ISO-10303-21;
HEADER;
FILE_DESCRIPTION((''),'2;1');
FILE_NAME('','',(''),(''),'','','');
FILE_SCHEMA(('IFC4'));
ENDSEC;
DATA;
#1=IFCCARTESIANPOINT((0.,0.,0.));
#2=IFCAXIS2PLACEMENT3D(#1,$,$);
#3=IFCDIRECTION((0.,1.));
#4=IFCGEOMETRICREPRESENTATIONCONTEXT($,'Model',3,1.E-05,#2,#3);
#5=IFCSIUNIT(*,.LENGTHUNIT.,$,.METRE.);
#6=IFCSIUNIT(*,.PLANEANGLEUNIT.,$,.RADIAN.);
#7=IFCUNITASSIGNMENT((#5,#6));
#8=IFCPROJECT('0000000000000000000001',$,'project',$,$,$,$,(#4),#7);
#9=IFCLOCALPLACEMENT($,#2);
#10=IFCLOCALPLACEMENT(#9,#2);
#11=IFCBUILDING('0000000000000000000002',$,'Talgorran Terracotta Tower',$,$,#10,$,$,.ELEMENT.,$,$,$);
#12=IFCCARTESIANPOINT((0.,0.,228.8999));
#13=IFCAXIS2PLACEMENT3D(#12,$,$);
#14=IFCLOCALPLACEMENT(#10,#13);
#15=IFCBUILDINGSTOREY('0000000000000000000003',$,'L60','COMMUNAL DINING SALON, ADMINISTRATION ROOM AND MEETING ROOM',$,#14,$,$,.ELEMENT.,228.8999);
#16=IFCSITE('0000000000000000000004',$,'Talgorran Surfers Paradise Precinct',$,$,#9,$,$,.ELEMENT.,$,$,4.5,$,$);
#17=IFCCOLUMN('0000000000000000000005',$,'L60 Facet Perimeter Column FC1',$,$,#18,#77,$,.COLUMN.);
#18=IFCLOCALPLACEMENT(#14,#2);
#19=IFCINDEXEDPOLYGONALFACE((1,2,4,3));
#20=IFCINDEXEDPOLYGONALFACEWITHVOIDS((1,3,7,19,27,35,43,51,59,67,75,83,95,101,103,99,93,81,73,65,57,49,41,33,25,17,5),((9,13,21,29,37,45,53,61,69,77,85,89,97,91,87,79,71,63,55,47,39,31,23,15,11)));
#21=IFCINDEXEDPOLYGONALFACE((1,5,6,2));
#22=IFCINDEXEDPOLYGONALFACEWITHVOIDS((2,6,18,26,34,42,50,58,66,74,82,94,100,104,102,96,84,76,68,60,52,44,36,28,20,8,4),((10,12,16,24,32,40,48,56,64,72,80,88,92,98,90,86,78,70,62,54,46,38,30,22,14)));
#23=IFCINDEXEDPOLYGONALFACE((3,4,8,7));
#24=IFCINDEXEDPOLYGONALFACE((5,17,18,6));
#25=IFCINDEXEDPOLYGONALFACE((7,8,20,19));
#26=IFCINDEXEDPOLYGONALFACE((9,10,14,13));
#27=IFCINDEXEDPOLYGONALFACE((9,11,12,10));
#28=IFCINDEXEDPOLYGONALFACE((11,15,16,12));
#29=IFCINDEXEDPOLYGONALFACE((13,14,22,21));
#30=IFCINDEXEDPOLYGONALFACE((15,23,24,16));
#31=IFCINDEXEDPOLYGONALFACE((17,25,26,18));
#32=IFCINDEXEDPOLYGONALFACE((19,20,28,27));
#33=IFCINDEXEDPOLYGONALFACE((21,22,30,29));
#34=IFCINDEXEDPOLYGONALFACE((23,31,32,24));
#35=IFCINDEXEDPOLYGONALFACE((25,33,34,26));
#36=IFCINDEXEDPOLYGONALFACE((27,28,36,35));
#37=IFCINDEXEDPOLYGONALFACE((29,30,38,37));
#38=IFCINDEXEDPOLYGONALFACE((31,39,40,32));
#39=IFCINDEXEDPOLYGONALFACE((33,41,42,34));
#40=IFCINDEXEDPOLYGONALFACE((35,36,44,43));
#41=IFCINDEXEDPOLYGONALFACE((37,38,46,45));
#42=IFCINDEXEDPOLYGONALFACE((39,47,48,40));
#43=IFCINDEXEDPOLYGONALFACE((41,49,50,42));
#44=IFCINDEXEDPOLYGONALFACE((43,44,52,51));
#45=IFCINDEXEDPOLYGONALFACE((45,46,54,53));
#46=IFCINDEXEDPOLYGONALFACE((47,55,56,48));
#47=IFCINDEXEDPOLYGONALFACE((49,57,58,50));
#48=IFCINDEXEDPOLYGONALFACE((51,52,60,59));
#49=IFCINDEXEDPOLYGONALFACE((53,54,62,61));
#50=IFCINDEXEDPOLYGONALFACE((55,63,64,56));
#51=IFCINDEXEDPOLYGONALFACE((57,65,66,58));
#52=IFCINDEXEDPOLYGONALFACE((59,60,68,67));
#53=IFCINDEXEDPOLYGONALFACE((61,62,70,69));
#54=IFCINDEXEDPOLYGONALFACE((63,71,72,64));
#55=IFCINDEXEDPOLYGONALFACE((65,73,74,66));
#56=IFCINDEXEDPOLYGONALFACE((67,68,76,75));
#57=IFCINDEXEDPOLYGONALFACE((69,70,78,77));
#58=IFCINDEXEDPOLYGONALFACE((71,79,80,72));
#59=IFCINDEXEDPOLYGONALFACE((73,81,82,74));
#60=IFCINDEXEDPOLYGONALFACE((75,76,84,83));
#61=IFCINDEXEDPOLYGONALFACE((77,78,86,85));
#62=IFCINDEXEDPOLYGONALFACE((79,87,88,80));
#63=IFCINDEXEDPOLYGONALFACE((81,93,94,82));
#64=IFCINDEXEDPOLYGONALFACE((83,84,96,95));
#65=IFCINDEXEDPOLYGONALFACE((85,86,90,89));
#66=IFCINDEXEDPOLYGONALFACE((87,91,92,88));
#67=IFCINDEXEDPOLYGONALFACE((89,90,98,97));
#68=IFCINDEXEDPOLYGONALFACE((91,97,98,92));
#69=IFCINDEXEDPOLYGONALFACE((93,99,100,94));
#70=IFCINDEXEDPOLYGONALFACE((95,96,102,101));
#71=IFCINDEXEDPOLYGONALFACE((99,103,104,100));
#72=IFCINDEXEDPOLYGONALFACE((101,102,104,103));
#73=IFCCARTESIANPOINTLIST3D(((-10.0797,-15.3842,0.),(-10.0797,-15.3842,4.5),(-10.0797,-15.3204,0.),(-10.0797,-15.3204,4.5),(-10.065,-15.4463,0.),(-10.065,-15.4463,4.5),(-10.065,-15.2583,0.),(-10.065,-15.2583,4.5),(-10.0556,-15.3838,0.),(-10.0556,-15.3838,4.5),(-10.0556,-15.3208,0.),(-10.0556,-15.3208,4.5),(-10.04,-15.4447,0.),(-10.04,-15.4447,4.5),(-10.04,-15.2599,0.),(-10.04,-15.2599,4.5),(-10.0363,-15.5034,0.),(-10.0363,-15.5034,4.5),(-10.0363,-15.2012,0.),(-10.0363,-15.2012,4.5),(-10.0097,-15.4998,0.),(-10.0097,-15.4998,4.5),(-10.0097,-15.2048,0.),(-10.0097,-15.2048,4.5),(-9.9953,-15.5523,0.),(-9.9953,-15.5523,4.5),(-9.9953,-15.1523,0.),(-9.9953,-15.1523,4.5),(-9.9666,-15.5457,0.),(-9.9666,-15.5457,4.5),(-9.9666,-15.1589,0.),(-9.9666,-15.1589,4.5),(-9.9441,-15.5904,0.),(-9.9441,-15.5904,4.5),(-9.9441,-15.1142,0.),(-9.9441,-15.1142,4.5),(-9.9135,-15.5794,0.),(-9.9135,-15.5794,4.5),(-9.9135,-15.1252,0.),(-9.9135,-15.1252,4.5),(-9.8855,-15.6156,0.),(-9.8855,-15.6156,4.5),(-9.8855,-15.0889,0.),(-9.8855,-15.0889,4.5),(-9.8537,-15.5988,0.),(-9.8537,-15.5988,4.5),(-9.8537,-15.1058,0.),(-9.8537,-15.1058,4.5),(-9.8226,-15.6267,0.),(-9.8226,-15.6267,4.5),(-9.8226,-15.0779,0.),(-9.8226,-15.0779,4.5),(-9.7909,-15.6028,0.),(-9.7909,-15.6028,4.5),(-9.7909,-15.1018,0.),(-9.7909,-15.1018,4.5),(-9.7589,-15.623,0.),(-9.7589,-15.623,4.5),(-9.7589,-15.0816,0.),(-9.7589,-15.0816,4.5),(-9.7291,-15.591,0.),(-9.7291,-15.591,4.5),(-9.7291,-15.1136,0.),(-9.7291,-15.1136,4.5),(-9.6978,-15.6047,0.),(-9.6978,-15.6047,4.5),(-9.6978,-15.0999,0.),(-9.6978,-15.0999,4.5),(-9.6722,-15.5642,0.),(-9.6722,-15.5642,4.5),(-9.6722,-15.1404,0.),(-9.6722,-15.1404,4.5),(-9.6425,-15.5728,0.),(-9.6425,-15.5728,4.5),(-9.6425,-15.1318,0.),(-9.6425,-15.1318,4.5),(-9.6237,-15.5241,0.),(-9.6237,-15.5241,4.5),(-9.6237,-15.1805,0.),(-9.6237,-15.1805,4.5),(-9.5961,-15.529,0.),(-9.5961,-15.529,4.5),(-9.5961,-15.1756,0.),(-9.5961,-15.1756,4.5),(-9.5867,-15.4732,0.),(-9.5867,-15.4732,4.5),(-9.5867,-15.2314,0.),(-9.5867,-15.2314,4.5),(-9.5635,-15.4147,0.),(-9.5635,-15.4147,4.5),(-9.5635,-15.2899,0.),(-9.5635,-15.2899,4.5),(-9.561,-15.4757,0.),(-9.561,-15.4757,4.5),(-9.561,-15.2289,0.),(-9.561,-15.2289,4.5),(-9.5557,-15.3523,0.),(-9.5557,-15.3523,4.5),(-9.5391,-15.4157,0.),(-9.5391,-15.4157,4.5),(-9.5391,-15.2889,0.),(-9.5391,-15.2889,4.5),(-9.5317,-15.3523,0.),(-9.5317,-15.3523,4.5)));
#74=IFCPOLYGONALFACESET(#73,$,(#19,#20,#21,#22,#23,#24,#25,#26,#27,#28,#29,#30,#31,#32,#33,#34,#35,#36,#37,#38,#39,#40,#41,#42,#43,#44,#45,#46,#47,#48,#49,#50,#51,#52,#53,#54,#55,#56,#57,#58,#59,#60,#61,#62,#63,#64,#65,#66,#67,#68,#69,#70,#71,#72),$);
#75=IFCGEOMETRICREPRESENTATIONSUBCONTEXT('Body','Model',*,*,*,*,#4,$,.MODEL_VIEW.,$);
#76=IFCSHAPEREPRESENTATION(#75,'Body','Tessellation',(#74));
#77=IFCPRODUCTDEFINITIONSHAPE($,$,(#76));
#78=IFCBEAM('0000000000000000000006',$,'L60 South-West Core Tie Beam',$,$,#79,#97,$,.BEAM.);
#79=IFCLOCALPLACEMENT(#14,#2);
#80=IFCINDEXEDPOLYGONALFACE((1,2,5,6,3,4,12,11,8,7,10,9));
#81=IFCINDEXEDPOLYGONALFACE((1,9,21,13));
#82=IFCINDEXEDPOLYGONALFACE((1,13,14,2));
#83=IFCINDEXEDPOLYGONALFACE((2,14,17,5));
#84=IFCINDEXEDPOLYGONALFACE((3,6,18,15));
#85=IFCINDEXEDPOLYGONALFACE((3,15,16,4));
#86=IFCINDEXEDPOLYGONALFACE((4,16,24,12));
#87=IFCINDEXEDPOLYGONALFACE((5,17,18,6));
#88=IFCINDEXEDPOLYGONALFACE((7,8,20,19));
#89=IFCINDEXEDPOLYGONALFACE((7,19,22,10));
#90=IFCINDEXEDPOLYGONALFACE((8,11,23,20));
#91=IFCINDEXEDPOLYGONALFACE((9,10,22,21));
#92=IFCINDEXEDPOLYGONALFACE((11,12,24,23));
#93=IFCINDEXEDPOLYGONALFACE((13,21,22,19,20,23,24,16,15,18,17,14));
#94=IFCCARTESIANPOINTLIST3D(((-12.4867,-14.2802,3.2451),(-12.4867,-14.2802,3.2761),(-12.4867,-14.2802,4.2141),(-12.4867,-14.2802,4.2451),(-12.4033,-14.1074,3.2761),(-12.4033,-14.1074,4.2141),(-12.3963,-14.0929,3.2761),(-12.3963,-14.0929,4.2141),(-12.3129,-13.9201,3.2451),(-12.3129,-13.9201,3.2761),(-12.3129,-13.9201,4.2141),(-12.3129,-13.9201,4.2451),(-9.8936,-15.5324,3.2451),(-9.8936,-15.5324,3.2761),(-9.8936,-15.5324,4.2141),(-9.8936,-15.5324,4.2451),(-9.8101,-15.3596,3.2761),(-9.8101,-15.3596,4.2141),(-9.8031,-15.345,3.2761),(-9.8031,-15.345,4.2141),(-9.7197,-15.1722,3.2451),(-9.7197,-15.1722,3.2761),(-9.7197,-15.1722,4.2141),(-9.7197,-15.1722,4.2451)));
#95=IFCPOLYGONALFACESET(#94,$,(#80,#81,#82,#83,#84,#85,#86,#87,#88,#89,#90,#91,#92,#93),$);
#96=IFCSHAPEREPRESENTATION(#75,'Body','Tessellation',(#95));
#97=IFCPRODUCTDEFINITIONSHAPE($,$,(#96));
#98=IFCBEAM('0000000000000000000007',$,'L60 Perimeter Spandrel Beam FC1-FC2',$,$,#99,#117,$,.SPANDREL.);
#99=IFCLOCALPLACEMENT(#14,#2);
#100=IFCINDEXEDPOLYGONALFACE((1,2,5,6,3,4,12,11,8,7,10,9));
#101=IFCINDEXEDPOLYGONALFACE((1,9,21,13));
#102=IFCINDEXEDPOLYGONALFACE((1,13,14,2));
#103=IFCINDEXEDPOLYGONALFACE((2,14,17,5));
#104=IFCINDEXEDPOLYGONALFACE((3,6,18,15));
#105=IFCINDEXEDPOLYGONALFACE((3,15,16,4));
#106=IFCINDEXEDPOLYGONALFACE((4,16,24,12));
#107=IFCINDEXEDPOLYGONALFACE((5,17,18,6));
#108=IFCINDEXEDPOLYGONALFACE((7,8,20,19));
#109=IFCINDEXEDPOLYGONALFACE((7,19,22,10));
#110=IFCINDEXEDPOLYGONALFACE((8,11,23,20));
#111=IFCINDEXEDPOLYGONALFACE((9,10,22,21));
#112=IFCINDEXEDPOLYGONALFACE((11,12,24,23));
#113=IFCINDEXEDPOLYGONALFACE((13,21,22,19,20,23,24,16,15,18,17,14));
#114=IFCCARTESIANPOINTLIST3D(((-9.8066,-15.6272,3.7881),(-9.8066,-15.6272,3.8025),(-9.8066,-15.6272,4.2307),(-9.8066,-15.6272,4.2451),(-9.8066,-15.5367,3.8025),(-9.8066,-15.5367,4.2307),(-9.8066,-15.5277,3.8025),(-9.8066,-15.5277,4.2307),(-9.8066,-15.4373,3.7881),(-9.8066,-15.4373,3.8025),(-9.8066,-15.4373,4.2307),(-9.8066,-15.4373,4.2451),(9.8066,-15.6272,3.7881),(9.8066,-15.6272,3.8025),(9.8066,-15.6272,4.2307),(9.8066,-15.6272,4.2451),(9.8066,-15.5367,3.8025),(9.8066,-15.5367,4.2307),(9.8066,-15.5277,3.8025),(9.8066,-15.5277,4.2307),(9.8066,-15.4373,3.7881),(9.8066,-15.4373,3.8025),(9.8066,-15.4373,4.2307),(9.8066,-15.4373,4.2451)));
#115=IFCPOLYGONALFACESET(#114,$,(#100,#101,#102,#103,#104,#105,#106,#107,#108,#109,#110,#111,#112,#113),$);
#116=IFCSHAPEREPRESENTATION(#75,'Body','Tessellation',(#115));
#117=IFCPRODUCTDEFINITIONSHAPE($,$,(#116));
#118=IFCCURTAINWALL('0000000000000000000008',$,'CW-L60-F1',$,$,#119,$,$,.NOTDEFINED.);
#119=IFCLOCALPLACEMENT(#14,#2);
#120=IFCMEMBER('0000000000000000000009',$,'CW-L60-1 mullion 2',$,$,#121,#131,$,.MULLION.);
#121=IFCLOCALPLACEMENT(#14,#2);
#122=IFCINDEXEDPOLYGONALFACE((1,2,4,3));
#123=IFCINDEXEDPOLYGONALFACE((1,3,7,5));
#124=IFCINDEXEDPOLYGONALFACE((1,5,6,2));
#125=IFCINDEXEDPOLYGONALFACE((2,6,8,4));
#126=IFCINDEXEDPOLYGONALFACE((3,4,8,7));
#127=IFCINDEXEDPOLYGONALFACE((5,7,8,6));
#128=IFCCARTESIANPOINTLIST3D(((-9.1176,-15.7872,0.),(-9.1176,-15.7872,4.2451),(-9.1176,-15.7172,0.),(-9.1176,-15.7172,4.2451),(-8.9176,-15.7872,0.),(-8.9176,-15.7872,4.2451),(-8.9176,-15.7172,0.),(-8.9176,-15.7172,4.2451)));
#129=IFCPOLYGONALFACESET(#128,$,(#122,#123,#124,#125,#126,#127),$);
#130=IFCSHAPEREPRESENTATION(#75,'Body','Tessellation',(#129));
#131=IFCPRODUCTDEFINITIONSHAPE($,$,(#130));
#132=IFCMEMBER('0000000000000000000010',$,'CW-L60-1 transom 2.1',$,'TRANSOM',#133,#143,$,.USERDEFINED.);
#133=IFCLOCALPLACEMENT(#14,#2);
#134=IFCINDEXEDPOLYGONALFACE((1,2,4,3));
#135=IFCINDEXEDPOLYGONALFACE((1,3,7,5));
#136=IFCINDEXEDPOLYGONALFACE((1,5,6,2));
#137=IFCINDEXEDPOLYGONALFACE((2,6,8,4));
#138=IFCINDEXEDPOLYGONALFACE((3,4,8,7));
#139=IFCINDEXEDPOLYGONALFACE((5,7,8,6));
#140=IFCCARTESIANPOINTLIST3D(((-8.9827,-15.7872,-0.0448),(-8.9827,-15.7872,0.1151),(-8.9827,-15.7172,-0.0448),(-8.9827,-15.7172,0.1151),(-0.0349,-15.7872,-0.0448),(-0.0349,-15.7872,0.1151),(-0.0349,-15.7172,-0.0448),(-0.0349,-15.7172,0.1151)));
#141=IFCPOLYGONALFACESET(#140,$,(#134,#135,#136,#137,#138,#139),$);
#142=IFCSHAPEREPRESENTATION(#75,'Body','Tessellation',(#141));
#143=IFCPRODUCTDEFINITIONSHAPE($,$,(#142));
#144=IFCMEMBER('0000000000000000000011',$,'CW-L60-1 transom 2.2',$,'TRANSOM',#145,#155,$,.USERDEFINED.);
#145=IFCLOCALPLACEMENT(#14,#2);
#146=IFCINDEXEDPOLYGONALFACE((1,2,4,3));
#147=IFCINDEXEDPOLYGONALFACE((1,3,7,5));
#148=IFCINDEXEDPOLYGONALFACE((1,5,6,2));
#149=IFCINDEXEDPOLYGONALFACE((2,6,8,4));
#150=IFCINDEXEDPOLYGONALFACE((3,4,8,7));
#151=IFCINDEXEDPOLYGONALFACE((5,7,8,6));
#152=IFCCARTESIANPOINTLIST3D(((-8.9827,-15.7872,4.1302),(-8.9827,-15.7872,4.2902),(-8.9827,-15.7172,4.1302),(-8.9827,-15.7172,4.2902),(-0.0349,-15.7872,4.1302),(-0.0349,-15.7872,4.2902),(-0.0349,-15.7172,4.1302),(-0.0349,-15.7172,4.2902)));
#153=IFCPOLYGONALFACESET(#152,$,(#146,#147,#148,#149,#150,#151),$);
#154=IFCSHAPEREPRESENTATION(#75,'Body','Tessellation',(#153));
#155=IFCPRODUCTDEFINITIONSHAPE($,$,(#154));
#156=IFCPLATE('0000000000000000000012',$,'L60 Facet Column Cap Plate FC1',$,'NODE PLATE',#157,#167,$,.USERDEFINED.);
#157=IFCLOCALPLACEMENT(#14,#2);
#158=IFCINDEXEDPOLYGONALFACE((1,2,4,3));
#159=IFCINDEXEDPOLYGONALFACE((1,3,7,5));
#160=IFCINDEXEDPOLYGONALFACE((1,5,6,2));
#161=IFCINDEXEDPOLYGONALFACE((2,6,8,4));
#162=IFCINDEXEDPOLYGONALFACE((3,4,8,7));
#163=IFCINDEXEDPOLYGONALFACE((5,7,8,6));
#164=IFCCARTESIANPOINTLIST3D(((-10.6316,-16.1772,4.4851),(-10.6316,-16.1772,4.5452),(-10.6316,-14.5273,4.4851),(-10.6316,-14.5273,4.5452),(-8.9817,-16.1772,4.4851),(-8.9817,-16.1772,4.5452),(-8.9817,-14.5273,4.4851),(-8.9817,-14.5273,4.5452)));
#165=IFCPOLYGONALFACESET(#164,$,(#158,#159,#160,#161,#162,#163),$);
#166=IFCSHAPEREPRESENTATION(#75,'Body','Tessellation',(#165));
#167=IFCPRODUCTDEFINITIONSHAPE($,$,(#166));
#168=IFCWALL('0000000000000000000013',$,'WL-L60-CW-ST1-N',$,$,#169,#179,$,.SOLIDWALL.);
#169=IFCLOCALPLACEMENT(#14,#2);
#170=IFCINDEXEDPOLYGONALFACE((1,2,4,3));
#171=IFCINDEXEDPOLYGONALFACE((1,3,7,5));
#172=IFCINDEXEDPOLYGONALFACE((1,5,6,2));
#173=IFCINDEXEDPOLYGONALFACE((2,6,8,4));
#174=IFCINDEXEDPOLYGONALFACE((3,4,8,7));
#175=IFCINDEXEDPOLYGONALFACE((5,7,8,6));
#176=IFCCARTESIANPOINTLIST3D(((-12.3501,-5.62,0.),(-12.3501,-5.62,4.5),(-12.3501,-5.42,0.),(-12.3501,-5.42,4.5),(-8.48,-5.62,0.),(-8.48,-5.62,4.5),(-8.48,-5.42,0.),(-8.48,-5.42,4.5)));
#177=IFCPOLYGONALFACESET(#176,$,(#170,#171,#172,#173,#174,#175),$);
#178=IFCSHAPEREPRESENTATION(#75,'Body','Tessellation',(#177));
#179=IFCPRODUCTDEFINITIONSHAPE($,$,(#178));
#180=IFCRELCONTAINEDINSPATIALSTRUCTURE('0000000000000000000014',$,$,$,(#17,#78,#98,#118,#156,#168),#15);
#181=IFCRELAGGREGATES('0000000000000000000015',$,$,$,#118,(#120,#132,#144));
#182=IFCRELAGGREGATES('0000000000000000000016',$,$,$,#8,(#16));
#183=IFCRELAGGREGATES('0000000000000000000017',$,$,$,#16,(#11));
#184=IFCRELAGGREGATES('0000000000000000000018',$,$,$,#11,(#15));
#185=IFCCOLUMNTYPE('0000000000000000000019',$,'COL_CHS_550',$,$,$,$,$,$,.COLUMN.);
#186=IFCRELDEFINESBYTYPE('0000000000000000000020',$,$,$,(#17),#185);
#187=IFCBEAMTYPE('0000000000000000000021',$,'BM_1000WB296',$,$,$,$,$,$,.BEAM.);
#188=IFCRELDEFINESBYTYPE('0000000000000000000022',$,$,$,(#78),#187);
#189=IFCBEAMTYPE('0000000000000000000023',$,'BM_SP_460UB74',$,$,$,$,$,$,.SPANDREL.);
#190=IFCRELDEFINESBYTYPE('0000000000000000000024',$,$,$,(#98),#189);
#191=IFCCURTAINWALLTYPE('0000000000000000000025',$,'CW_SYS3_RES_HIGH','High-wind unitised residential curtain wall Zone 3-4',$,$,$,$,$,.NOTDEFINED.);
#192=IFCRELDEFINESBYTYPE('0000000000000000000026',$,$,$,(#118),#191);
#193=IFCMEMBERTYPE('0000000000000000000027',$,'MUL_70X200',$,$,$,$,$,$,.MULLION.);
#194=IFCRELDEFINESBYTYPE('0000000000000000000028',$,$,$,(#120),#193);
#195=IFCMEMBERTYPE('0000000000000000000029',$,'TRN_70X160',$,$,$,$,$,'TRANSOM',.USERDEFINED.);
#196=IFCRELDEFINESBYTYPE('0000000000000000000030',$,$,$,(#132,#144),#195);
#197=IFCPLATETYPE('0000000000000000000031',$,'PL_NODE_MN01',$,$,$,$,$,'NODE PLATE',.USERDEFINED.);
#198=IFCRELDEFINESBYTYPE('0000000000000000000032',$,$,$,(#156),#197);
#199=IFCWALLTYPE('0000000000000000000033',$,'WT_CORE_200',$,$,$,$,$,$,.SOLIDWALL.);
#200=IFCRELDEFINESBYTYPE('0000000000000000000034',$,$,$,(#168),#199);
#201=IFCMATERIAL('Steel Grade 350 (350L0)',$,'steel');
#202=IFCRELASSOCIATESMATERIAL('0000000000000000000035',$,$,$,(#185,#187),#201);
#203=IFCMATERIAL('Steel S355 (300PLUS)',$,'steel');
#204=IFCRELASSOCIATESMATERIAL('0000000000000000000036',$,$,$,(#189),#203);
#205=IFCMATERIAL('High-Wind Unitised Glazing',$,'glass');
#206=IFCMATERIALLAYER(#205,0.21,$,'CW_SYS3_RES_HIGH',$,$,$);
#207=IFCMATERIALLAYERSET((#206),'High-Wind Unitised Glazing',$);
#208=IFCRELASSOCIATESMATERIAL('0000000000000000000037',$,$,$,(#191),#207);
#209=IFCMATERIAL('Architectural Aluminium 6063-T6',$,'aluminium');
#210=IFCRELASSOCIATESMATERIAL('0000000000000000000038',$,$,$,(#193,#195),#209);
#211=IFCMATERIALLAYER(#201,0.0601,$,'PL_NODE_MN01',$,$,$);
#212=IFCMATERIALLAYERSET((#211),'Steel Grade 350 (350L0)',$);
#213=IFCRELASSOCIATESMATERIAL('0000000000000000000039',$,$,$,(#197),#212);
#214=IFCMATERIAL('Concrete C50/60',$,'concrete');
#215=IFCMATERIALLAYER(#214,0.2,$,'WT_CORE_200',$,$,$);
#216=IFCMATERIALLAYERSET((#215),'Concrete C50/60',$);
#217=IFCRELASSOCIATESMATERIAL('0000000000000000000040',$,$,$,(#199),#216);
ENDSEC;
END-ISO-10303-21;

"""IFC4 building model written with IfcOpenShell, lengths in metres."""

from ifc_helpers import new_model, si_unit, direction, frame, frame_2d, origin, origin_2d, place, context, subcontext, project, spatial, rectangle, hollow_circle, i_section, extrude, material, layer, layer_set, material_profile, profile_set, type_object, element, aggregate, save


model = new_model("IFC4")

# Units and contexts
model_context = context("Model", 3, precision=1e-05, world=origin(), true_north=direction((0.0, 1.0)))
body_context = subcontext(model_context, "Body", "Model", "MODEL_VIEW")
ifc_project = project(units=[si_unit("LENGTHUNIT", "METRE"), si_unit("PLANEANGLEUNIT", "RADIAN")], contexts=[model_context])

# Site, building, storey
site_placement = place(None, origin())
site = spatial("IfcSite", under=ifc_project, at=site_placement, Name="Talgorran Surfers Paradise Precinct", CompositionType="ELEMENT", RefElevation=4.5)
building_placement = place(site_placement, origin())
building = spatial("IfcBuilding", under=site, at=building_placement, Name="Talgorran Terracotta Tower", CompositionType="ELEMENT")
storey_placement = place(building_placement, frame((0.0, 0.0, 228.8999)))
storey = spatial("IfcBuildingStorey", under=building, at=storey_placement, Name="L60", Description="COMMUNAL DINING SALON, ADMINISTRATION ROOM AND MEETING ROOM", CompositionType="ELEMENT", Elevation=228.8999)

# Column
ifc_material_1 = material(Name="Steel Grade 350 (350L0)", Category="steel")
ifc_material_profile_1 = material_profile(ifc_material_1, hollow_circle(Radius=0.2749, WallThickness=0.0239, at=origin_2d()), Name="CHS550X24")
ifc_profile_set_1 = profile_set([ifc_material_profile_1], Name="Steel Grade 350 (350L0)")
column_type = type_object("IfcColumnType", Name="COL_CHS_550", PredefinedType="COLUMN", material=ifc_profile_set_1)
column_placement = place(storey_placement, frame((-9.8066, -15.3523, 0.0), z_axis=(0.0, 0.0, 1.0), x_axis=(1.0, 0.0, 0.0)))
element("IfcColumn", 1, at=column_placement, inside=storey, type_object=column_type, Name="L60 Facet Perimeter Column FC1", PredefinedType="COLUMN", context=body_context, shape_type="SweptSolid", body=[
    extrude(hollow_circle(Radius=0.2749, WallThickness=0.0239, at=origin_2d()), origin(), (0.0, 0.0, 1.0), 4.5),
])

# Beams
ifc_material_profile_2 = material_profile(ifc_material_1, i_section(OverallWidth=0.3999, OverallDepth=1.0, WebThickness=0.0161, FlangeThickness=0.031, at=origin_2d()), Name="1000WB296")
ifc_profile_set_2 = profile_set([ifc_material_profile_2], Name="Steel Grade 350 (350L0)")
beam_type_1 = type_object("IfcBeamType", Name="BM_1000WB296", PredefinedType="BEAM", material=ifc_profile_set_2)
beam_1_placement = place(storey_placement, frame((-9.8066, -15.3523, 3.7451), z_axis=(-0.900514, 0.434827, 0.0), x_axis=(-0.434827, -0.900514, 0.0)))
element("IfcBeam", 2, at=beam_1_placement, inside=storey, type_object=beam_type_1, Name="L60 South-West Core Tie Beam", PredefinedType="BEAM", context=body_context, shape_type="SweptSolid", body=[
    extrude(i_section(OverallWidth=0.3999, OverallDepth=1.0, WebThickness=0.0161, FlangeThickness=0.031, at=origin_2d()), origin(), (0.0, 0.0, 1.0), 2.8796),
])
ifc_material_2 = material(Name="Steel S355 (300PLUS)", Category="steel")
ifc_material_profile_3 = material_profile(ifc_material_2, i_section(OverallWidth=0.1899, OverallDepth=0.457, WebThickness=0.009, FlangeThickness=0.0144, at=origin_2d()), Name="460UB74.6")
ifc_profile_set_3 = profile_set([ifc_material_profile_3], Name="Steel S355 (300PLUS)")
beam_type_2 = type_object("IfcBeamType", Name="BM_SP_460UB74", PredefinedType="SPANDREL", material=ifc_profile_set_3)
beam_2_placement = place(storey_placement, frame((-9.8066, -15.5322, 4.0166), z_axis=(1.0, 0.0, 0.0), x_axis=(0.0, 1.0, 0.0)))
element("IfcBeam", 3, at=beam_2_placement, inside=storey, type_object=beam_type_2, Name="L60 Perimeter Spandrel Beam FC1-FC2", PredefinedType="SPANDREL", context=body_context, shape_type="SweptSolid", body=[
    extrude(i_section(OverallWidth=0.1899, OverallDepth=0.457, WebThickness=0.009, FlangeThickness=0.0144, at=origin_2d()), origin(), (0.0, 0.0, 1.0), 19.6133),
])

# Curtain wall, members
ifc_material_3 = material(Name="High-Wind Unitised Glazing", Category="glass")
ifc_layer_1 = layer(ifc_material_3, 0.21, Name="CW_SYS3_RES_HIGH")
ifc_layer_set_1 = layer_set([ifc_layer_1], Name="High-Wind Unitised Glazing")
curtain_wall_type = type_object("IfcCurtainWallType", Name="CW_SYS3_RES_HIGH", Description="High-wind unitised residential curtain wall Zone 3-4", PredefinedType="NOTDEFINED", material=ifc_layer_set_1)
curtain_wall_placement = place(storey_placement, origin())
curtain_wall = element("IfcCurtainWall", 4, at=curtain_wall_placement, inside=storey, type_object=curtain_wall_type, Name="CW-L60-F1", PredefinedType="NOTDEFINED")
ifc_material_4 = material(Name="Architectural Aluminium 6063-T6", Category="aluminium")
ifc_material_profile_4 = material_profile(ifc_material_4, rectangle(XDim=0.0701, YDim=0.2, at=origin_2d()), Name="CWM70X200")
ifc_profile_set_4 = profile_set([ifc_material_profile_4], Name="Architectural Aluminium 6063-T6")
member_type_1 = type_object("IfcMemberType", Name="MUL_70X200", PredefinedType="MULLION", material=ifc_profile_set_4)
member_1_placement = place(storey_placement, frame((-9.0176, -15.7522, 0.0), z_axis=(0.0, 0.0, 1.0), x_axis=(0.0, 1.0, 0.0)))
member_1 = element("IfcMember", 5, at=member_1_placement, type_object=member_type_1, Name="CW-L60-1 mullion 2", PredefinedType="MULLION", context=body_context, shape_type="SweptSolid", body=[
    extrude(rectangle(XDim=0.0701, YDim=0.2, at=origin_2d()), origin(), (0.0, 0.0, 1.0), 4.2451),
])
ifc_material_profile_5 = material_profile(ifc_material_4, rectangle(XDim=0.0701, YDim=0.1599, at=origin_2d()), Name="CWT70X160")
ifc_profile_set_5 = profile_set([ifc_material_profile_5], Name="Architectural Aluminium 6063-T6")
member_type_2 = type_object("IfcMemberType", Name="TRN_70X160", ElementType="TRANSOM", PredefinedType="USERDEFINED", material=ifc_profile_set_5)
member_2_placement = place(storey_placement, frame((-8.9827, -15.7522, 0.0352), z_axis=(1.0, 0.0, 0.0), x_axis=(0.0, 1.0, 0.0)))
member_2 = element("IfcMember", 6, at=member_2_placement, type_object=member_type_2, Name="CW-L60-1 transom 2.1", ObjectType="TRANSOM", PredefinedType="USERDEFINED", context=body_context, shape_type="SweptSolid", body=[
    extrude(rectangle(XDim=0.0701, YDim=0.1599, at=origin_2d()), origin(), (0.0, 0.0, 1.0), 8.9478),
])
member_3_placement = place(storey_placement, frame((-8.9827, -15.7522, 4.2102), z_axis=(1.0, 0.0, 0.0), x_axis=(0.0, 1.0, 0.0)))
member_3 = element("IfcMember", 7, at=member_3_placement, type_object=member_type_2, Name="CW-L60-1 transom 2.2", ObjectType="TRANSOM", PredefinedType="USERDEFINED", context=body_context, shape_type="SweptSolid", body=[
    extrude(rectangle(XDim=0.0701, YDim=0.1599, at=origin_2d()), origin(), (0.0, 0.0, 1.0), 8.9478),
])
aggregate(curtain_wall, [member_1, member_2, member_3])

# Plate
ifc_layer_2 = layer(ifc_material_1, 0.0601, Name="PL_NODE_MN01")
ifc_layer_set_2 = layer_set([ifc_layer_2], Name="Steel Grade 350 (350L0)")
plate_type = type_object("IfcPlateType", Name="PL_NODE_MN01", ElementType="NODE PLATE", PredefinedType="USERDEFINED", material=ifc_layer_set_2)
plate_placement = place(storey_placement, frame((-9.8066, -15.3523, 4.4851), z_axis=(0.0, 0.0, 1.0), x_axis=(1.0, 0.0, 0.0)))
element("IfcPlate", 8, at=plate_placement, inside=storey, type_object=plate_type, Name="L60 Facet Column Cap Plate FC1", ObjectType="NODE PLATE", PredefinedType="USERDEFINED", context=body_context, shape_type="SweptSolid", body=[
    extrude(rectangle(XDim=1.6499, YDim=1.6499, at=origin_2d()), origin(), (0.0, 0.0, 1.0), 0.0601),
])

# Wall
ifc_material_5 = material(Name="Concrete C50/60", Category="concrete")
ifc_layer_3 = layer(ifc_material_5, 0.2, Name="WT_CORE_200")
ifc_layer_set_3 = layer_set([ifc_layer_3], Name="Concrete C50/60")
wall_type = type_object("IfcWallType", Name="WT_CORE_200", PredefinedType="SOLIDWALL", material=ifc_layer_set_3)
for number, where, z_axis, x_axis, name in (
    (9, (-12.3501, -5.52, 0.0), (0.0, 0.0, 1.0), (1.0, 0.0, 0.0), "WL-L60-CW-ST1-N"),
):
    element("IfcWall", number, at=place(storey_placement, frame(where, z_axis=z_axis, x_axis=x_axis)), inside=storey, type_object=wall_type, Name=name, PredefinedType="SOLIDWALL", context=body_context, shape_type="SweptSolid", body=[
        extrude(rectangle(XDim=3.8701, YDim=0.2, at=frame_2d((1.9351, 0.0))), origin(), (0.0, 0.0, 1.0), 4.5),
    ])

save(model, "model.ifc")
